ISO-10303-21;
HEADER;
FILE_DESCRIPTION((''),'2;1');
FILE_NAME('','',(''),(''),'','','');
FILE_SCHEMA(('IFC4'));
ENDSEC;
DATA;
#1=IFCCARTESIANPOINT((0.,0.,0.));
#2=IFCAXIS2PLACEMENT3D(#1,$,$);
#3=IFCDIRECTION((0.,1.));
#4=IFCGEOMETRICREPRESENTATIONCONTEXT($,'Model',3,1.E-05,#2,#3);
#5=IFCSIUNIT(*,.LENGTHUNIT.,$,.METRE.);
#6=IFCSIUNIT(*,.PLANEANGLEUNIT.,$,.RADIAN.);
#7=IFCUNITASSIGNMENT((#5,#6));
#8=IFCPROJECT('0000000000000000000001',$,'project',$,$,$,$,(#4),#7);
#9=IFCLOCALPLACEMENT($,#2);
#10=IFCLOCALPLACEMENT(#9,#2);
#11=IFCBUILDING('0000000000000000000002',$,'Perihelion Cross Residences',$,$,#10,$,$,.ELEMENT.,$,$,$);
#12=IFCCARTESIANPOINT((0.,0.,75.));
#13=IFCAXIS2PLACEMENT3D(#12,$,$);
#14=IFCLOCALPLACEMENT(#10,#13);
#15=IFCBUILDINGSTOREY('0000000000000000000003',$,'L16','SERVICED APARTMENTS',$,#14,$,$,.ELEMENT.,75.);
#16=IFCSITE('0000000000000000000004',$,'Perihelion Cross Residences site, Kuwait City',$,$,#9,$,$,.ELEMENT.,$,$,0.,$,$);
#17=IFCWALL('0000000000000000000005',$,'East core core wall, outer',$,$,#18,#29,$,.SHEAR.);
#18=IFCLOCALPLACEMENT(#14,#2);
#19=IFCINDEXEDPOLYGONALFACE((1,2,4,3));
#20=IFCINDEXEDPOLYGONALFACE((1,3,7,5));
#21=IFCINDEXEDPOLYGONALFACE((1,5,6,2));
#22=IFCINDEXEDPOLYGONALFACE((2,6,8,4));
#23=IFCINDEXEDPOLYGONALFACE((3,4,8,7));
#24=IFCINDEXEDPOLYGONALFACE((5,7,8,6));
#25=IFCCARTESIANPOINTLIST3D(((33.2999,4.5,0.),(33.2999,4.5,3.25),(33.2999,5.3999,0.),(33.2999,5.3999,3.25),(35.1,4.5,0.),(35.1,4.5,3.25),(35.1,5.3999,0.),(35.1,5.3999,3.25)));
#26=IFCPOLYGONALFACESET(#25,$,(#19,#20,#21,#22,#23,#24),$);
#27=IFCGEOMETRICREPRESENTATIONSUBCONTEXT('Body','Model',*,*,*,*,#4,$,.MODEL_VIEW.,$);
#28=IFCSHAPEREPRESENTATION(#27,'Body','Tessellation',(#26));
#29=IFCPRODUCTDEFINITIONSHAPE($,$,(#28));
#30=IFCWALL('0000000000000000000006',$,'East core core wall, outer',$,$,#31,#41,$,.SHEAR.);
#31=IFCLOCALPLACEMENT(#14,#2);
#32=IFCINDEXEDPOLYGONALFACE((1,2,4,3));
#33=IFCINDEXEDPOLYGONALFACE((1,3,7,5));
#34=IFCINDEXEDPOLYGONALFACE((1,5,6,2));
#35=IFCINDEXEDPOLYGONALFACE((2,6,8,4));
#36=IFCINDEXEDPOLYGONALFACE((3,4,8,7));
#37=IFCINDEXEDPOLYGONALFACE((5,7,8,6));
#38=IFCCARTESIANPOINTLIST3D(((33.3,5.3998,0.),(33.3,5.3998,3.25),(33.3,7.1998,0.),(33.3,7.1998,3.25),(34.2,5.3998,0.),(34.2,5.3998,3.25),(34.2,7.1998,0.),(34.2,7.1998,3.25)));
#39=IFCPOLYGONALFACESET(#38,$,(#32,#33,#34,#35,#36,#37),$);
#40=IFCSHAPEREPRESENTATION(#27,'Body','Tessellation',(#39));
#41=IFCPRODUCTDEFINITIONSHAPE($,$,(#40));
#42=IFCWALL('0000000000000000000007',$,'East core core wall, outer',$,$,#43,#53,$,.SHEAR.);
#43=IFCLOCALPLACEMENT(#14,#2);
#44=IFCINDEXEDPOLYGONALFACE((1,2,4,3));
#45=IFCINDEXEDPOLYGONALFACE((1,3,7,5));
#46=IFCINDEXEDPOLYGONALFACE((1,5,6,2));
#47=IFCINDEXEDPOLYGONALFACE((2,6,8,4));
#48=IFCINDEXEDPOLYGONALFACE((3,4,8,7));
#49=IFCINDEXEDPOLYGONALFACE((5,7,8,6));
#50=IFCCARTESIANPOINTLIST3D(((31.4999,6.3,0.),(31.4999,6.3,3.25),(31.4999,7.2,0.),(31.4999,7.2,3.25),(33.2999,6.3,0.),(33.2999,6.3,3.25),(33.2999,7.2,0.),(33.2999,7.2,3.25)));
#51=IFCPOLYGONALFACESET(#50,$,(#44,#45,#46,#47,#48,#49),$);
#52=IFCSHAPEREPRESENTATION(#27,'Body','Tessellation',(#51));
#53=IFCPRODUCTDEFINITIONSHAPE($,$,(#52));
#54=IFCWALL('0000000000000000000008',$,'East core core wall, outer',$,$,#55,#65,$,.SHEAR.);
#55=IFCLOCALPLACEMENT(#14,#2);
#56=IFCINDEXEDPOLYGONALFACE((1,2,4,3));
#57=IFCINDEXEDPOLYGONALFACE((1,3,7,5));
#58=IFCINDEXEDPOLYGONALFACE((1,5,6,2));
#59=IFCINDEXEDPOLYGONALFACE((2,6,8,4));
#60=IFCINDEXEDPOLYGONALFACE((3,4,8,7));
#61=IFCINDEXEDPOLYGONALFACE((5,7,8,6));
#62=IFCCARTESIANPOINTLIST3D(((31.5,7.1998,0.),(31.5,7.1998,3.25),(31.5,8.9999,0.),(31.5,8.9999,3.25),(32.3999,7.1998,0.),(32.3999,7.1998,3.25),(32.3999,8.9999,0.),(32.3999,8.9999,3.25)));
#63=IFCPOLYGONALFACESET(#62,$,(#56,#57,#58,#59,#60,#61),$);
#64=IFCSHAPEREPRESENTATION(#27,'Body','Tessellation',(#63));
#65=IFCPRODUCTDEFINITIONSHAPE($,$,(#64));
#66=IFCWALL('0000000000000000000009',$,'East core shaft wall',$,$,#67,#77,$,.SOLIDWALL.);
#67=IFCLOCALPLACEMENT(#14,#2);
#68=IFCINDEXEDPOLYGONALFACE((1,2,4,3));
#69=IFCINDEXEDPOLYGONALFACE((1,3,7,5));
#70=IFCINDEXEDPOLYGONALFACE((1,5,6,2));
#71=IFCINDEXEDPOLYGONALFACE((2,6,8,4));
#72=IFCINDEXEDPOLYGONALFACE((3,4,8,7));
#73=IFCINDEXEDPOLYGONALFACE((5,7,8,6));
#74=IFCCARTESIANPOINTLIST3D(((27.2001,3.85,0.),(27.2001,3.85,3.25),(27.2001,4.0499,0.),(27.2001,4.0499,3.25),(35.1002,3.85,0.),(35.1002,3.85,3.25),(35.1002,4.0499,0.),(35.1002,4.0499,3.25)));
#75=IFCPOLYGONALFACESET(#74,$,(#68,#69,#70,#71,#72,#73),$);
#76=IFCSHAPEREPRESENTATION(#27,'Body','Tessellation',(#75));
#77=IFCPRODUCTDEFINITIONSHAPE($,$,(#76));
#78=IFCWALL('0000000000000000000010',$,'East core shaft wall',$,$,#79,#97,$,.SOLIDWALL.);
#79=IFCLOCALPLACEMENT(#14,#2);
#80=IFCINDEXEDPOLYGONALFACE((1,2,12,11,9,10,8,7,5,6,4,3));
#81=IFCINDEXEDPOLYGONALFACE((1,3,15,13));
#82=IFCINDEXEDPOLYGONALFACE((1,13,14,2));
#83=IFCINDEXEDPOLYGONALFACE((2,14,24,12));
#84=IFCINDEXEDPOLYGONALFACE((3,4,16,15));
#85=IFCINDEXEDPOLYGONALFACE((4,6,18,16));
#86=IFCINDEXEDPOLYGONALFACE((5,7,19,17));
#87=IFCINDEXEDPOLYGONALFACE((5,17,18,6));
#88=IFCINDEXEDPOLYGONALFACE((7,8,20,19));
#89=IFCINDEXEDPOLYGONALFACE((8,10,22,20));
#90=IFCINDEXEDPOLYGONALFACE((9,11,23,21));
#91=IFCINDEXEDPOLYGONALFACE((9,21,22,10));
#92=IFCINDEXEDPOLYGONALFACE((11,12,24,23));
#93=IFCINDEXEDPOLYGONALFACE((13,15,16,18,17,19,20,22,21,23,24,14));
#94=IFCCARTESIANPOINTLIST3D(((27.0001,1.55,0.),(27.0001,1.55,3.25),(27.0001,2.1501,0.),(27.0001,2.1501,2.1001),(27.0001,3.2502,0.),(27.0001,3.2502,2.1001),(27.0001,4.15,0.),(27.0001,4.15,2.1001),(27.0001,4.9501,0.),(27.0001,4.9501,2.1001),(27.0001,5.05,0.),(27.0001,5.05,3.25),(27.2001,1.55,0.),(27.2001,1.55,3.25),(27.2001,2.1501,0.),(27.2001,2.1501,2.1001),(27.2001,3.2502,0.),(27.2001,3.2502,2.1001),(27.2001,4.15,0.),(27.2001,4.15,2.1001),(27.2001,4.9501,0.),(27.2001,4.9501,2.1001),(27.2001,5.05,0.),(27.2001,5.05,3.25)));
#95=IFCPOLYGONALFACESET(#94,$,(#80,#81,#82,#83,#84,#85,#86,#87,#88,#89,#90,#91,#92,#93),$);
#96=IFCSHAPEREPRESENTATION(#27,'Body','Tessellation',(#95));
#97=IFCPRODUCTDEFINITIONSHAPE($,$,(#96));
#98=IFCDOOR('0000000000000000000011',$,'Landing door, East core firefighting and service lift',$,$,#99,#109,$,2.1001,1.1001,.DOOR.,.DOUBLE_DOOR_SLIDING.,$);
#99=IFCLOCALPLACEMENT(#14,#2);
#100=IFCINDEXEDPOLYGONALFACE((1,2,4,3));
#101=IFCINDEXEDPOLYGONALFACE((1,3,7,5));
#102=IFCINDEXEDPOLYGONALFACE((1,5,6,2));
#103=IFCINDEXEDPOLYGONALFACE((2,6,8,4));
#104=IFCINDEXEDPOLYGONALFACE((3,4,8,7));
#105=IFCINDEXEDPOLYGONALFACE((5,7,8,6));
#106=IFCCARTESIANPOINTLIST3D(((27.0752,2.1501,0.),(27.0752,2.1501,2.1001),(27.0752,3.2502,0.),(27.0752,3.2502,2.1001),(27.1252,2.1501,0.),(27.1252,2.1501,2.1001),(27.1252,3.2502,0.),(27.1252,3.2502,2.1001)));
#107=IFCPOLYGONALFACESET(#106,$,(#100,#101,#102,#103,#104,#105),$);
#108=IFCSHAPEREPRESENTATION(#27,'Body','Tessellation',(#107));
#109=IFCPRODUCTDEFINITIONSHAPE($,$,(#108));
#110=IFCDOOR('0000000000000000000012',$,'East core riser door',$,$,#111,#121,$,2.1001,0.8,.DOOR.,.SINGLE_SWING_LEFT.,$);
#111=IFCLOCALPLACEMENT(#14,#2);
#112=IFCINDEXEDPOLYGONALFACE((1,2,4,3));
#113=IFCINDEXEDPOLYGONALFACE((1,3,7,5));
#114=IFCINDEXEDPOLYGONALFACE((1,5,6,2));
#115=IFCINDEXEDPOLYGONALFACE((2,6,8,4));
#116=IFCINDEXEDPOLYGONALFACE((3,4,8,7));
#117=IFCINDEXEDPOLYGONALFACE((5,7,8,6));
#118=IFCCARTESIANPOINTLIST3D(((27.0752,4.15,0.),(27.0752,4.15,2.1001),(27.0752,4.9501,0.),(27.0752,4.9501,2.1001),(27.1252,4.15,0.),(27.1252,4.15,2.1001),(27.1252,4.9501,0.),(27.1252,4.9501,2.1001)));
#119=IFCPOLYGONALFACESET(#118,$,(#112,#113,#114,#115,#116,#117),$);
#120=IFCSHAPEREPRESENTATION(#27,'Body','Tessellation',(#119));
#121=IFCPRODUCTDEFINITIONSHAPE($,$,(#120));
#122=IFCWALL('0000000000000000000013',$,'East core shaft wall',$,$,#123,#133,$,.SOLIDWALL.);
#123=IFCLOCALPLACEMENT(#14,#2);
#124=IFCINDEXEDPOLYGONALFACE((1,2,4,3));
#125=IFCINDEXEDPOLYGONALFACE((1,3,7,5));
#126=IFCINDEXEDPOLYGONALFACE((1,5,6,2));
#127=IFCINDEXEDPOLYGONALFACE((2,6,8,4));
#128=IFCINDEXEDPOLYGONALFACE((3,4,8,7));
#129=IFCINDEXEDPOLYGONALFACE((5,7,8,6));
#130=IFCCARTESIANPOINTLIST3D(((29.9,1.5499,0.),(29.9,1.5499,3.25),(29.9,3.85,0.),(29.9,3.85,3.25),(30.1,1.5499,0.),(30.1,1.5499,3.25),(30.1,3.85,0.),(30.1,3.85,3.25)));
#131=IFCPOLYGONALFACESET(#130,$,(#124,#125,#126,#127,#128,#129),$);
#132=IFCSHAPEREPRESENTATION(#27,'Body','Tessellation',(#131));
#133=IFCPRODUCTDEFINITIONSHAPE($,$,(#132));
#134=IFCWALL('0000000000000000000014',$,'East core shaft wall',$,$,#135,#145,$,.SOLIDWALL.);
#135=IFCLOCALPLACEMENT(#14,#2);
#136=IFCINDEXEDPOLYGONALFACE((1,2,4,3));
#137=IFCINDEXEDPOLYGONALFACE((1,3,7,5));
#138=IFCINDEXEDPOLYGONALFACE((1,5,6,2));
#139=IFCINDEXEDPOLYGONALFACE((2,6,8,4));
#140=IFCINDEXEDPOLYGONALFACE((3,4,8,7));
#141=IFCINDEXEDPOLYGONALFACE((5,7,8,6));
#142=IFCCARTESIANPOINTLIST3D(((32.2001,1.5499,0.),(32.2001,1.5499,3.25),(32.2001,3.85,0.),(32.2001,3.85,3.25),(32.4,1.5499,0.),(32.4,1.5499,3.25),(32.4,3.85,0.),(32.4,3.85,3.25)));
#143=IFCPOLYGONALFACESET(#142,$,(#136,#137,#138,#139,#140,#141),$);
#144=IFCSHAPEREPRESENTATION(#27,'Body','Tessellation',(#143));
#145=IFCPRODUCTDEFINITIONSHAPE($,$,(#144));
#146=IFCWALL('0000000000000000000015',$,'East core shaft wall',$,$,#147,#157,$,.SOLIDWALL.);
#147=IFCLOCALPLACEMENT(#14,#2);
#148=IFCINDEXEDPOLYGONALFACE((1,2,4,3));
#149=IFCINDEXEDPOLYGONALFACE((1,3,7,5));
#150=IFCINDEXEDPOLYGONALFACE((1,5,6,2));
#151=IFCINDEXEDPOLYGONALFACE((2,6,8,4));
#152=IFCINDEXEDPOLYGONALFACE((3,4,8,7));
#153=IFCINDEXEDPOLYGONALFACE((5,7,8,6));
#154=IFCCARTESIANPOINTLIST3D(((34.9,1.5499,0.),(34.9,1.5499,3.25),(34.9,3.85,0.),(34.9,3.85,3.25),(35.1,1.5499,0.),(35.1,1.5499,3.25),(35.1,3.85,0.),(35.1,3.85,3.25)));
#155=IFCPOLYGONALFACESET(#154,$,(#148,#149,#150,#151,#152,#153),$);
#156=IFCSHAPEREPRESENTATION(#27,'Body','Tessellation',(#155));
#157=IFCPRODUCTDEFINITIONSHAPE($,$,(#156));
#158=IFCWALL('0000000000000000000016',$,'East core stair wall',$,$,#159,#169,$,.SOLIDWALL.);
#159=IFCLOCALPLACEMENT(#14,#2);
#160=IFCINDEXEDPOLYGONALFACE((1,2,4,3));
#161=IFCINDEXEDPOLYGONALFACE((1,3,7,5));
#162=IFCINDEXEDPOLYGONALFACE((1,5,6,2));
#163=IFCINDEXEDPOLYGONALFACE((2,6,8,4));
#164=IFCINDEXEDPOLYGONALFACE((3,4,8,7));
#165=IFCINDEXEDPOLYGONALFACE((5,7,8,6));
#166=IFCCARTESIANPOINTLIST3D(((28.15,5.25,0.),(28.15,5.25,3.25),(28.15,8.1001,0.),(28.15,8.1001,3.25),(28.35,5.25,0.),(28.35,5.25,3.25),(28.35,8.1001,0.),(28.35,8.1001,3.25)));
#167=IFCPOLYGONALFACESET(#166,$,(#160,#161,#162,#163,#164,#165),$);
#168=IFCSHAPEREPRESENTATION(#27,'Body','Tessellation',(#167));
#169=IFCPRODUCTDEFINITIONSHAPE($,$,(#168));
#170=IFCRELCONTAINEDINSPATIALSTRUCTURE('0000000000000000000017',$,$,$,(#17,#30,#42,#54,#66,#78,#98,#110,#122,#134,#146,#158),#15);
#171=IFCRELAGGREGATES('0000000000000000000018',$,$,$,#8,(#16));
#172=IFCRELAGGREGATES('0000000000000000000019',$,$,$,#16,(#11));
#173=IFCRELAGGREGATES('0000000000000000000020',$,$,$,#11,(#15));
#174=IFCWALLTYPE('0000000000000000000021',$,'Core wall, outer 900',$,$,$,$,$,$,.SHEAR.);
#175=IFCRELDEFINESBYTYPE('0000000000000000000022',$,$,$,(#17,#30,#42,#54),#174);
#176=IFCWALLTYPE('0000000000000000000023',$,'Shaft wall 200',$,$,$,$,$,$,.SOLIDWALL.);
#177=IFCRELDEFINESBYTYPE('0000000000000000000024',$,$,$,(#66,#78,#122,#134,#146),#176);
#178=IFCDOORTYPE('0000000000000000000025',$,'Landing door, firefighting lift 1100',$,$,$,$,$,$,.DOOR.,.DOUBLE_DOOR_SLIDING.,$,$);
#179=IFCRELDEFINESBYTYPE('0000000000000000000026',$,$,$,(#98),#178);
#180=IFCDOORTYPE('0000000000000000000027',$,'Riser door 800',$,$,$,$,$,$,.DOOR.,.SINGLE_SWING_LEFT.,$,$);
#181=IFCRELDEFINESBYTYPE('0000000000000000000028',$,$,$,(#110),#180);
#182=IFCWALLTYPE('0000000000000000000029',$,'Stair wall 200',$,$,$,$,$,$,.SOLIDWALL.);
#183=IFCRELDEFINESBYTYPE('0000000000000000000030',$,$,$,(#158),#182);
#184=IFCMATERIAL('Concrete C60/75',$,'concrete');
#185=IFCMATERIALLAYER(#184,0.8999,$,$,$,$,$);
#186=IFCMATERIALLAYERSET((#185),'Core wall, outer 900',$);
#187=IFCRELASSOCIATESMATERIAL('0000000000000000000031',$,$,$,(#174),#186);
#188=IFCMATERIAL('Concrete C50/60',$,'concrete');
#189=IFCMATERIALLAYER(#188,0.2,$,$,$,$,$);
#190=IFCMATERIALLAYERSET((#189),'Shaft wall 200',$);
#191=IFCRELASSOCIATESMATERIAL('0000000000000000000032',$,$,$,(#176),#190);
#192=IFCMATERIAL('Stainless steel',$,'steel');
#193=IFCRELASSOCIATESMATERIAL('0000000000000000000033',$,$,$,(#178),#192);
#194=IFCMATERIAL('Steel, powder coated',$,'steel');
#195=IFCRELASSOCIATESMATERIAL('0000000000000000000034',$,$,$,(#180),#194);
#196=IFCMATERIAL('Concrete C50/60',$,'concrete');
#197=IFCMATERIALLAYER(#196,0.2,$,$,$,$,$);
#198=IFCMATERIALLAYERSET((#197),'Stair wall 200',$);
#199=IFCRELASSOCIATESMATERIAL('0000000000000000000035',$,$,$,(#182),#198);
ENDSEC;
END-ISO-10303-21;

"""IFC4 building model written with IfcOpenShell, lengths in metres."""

from ifc_helpers import new_model, si_unit, direction, frame, frame_2d, origin, place, context, subcontext, project, spatial, rectangle, extrude, material, layer, layer_set, type_object, element, fill, save


model = new_model("IFC4")

# Units and contexts
model_context = context("Model", 3, precision=1e-05, world=origin(), true_north=direction((0.0, 1.0)))
body_context = subcontext(model_context, "Body", "Model", "MODEL_VIEW")
ifc_project = project(units=[si_unit("LENGTHUNIT", "METRE"), si_unit("PLANEANGLEUNIT", "RADIAN")], contexts=[model_context])

# Site, building, storey
site_placement = place(None, origin())
site = spatial("IfcSite", under=ifc_project, at=site_placement, Name="Perihelion Cross Residences site, Kuwait City", CompositionType="ELEMENT", RefElevation=0.0)
building_placement = place(site_placement, origin())
building = spatial("IfcBuilding", under=site, at=building_placement, Name="Perihelion Cross Residences", CompositionType="ELEMENT")
storey_placement = place(building_placement, frame((0.0, 0.0, 75.0)))
storey = spatial("IfcBuildingStorey", under=building, at=storey_placement, Name="L16", Description="SERVICED APARTMENTS", CompositionType="ELEMENT", Elevation=75.0)

# Walls
ifc_material_1 = material(Name="Concrete C60/75", Category="concrete")
ifc_layer_1 = layer(ifc_material_1, 0.8999)
ifc_layer_set_1 = layer_set([ifc_layer_1], Name="Core wall, outer 900")
wall_type_1 = type_object("IfcWallType", Name="Core wall, outer 900", PredefinedType="SHEAR", material=ifc_layer_set_1)
for number, where, z_axis, x_axis, name in (
    (1, (33.3, 4.95, 0.0), (0.0, 0.0, 1.0), (1.0, 0.0, 0.0), "East core core wall, outer"),
    (2, (33.75, 5.3999, 0.0), (0.0, 0.0, 1.0), (0.0, 1.0, 0.0), "East core core wall, outer"),
    (3, (31.5, 6.75, 0.0), (0.0, 0.0, 1.0), (1.0, 0.0, 0.0), "East core core wall, outer"),
    (4, (31.95, 7.2, 0.0), (0.0, 0.0, 1.0), (0.0, 1.0, 0.0), "East core core wall, outer"),
):
    element("IfcWall", number, at=place(storey_placement, frame(where, z_axis=z_axis, x_axis=x_axis)), inside=storey, type_object=wall_type_1, Name=name, PredefinedType="SHEAR", context=body_context, shape_type="SweptSolid", body=[
        extrude(rectangle(XDim=1.8, YDim=0.8999, at=frame_2d((0.8999, 0.0))), origin(), (0.0, 0.0, 1.0), 3.25),
    ])
ifc_material_2 = material(Name="Concrete C50/60", Category="concrete")
ifc_layer_2 = layer(ifc_material_2, 0.2)
ifc_layer_set_2 = layer_set([ifc_layer_2], Name="Shaft wall 200")
wall_type_2 = type_object("IfcWallType", Name="Shaft wall 200", PredefinedType="SOLIDWALL", material=ifc_layer_set_2)
wall_1_placement = place(storey_placement, frame((27.2, 3.95, 0.0), z_axis=(0.0, 0.0, 1.0), x_axis=(1.0, 0.0, 0.0)))
element("IfcWall", 5, at=wall_1_placement, inside=storey, type_object=wall_type_2, Name="East core shaft wall", PredefinedType="SOLIDWALL", context=body_context, shape_type="SweptSolid", body=[
    extrude(rectangle(XDim=7.9001, YDim=0.2, at=frame_2d((3.9502, 0.0))), origin(), (0.0, 0.0, 1.0), 3.25),
])

# Wall, openings, doors
wall_2_placement = place(storey_placement, frame((27.1001, 1.55, 0.0), z_axis=(0.0, 0.0, 1.0), x_axis=(0.0, 1.0, 0.0)))
wall_2 = element("IfcWall", 6, at=wall_2_placement, inside=storey, type_object=wall_type_2, Name="East core shaft wall", PredefinedType="SOLIDWALL", context=body_context, shape_type="SweptSolid", body=[
    extrude(rectangle(XDim=3.5, YDim=0.2, at=frame_2d((1.75, 0.0))), origin(), (0.0, 0.0, 1.0), 3.25),
])
opening_1_placement = place(wall_2_placement, frame((0.6001, 0.0, 0.0)))
opening_1 = element("IfcOpeningElement", 7, at=opening_1_placement, cuts=wall_2, PredefinedType="OPENING", context=body_context, shape_type="SweptSolid", body=[
    extrude(rectangle(XDim=1.1001, YDim=2.1001, at=frame_2d((0.55, 1.05))), frame((0.0, 0.1099, 0.0), z_axis=(0.0, -1.0, 0.0), x_axis=(1.0, 0.0, 0.0)), (0.0, 0.0, 1.0), 0.22),
])
opening_2_placement = place(wall_2_placement, frame((2.6001, 0.0, 0.0)))
opening_2 = element("IfcOpeningElement", 8, at=opening_2_placement, cuts=wall_2, PredefinedType="OPENING", context=body_context, shape_type="SweptSolid", body=[
    extrude(rectangle(XDim=0.8, YDim=2.1001, at=frame_2d((0.3999, 1.05))), frame((0.0, 0.1099, 0.0), z_axis=(0.0, -1.0, 0.0), x_axis=(1.0, 0.0, 0.0)), (0.0, 0.0, 1.0), 0.22),
])
ifc_material_3 = material(Name="Stainless steel", Category="steel")
door_type_1 = type_object("IfcDoorType", Name="Landing door, firefighting lift 1100", OperationType="DOUBLE_DOOR_SLIDING", PredefinedType="DOOR", material=ifc_material_3)
door_1_placement = place(opening_1_placement, origin())
door_1 = element("IfcDoor", 9, at=door_1_placement, inside=storey, type_object=door_type_1, Name="Landing door, East core firefighting and service lift", OperationType="DOUBLE_DOOR_SLIDING", OverallHeight=2.1001, OverallWidth=1.1001, PredefinedType="DOOR", context=body_context, shape_type="SweptSolid", body=[
    extrude(rectangle(XDim=1.1001, YDim=2.1001, at=frame_2d((0.55, 1.05))), frame((0.0, 0.0249, 0.0), z_axis=(0.0, -1.0, 0.0), x_axis=(1.0, 0.0, 0.0)), (0.0, 0.0, 1.0), 0.05),
])
fill(opening_1, door_1)
ifc_material_4 = material(Name="Steel, powder coated", Category="steel")
door_type_2 = type_object("IfcDoorType", Name="Riser door 800", OperationType="SINGLE_SWING_LEFT", PredefinedType="DOOR", material=ifc_material_4)
door_2_placement = place(opening_2_placement, origin())
door_2 = element("IfcDoor", 10, at=door_2_placement, inside=storey, type_object=door_type_2, Name="East core riser door", OperationType="SINGLE_SWING_LEFT", OverallHeight=2.1001, OverallWidth=0.8, PredefinedType="DOOR", context=body_context, shape_type="SweptSolid", body=[
    extrude(rectangle(XDim=0.8, YDim=2.1001, at=frame_2d((0.3999, 1.05))), frame((0.0, 0.0249, 0.0), z_axis=(0.0, -1.0, 0.0), x_axis=(1.0, 0.0, 0.0)), (0.0, 0.0, 1.0), 0.05),
])
fill(opening_2, door_2)

# Walls
for number, where, z_axis, x_axis, name in (
    (11, (30.0, 1.55, 0.0), (0.0, 0.0, 1.0), (0.0, 1.0, 0.0), "East core shaft wall"),
    (12, (32.3, 1.55, 0.0), (0.0, 0.0, 1.0), (0.0, 1.0, 0.0), "East core shaft wall"),
    (13, (35.0, 1.55, 0.0), (0.0, 0.0, 1.0), (0.0, 1.0, 0.0), "East core shaft wall"),
):
    element("IfcWall", number, at=place(storey_placement, frame(where, z_axis=z_axis, x_axis=x_axis)), inside=storey, type_object=wall_type_2, Name=name, PredefinedType="SOLIDWALL", context=body_context, shape_type="SweptSolid", body=[
        extrude(rectangle(XDim=2.3, YDim=0.2, at=frame_2d((1.1499, 0.0))), origin(), (0.0, 0.0, 1.0), 3.25),
    ])
ifc_material_5 = material(Name="Concrete C50/60", Category="concrete")
ifc_layer_3 = layer(ifc_material_5, 0.2)
ifc_layer_set_3 = layer_set([ifc_layer_3], Name="Stair wall 200")
wall_type_3 = type_object("IfcWallType", Name="Stair wall 200", PredefinedType="SOLIDWALL", material=ifc_layer_set_3)
wall_3_placement = place(storey_placement, frame((28.25, 5.25, 0.0), z_axis=(0.0, 0.0, 1.0), x_axis=(0.0, 1.0, 0.0)))
element("IfcWall", 14, at=wall_3_placement, inside=storey, type_object=wall_type_3, Name="East core stair wall", PredefinedType="SOLIDWALL", context=body_context, shape_type="SweptSolid", body=[
    extrude(rectangle(XDim=2.8501, YDim=0.2, at=frame_2d((1.425, 0.0))), origin(), (0.0, 0.0, 1.0), 3.25),
])

save(model, "model.ifc")
